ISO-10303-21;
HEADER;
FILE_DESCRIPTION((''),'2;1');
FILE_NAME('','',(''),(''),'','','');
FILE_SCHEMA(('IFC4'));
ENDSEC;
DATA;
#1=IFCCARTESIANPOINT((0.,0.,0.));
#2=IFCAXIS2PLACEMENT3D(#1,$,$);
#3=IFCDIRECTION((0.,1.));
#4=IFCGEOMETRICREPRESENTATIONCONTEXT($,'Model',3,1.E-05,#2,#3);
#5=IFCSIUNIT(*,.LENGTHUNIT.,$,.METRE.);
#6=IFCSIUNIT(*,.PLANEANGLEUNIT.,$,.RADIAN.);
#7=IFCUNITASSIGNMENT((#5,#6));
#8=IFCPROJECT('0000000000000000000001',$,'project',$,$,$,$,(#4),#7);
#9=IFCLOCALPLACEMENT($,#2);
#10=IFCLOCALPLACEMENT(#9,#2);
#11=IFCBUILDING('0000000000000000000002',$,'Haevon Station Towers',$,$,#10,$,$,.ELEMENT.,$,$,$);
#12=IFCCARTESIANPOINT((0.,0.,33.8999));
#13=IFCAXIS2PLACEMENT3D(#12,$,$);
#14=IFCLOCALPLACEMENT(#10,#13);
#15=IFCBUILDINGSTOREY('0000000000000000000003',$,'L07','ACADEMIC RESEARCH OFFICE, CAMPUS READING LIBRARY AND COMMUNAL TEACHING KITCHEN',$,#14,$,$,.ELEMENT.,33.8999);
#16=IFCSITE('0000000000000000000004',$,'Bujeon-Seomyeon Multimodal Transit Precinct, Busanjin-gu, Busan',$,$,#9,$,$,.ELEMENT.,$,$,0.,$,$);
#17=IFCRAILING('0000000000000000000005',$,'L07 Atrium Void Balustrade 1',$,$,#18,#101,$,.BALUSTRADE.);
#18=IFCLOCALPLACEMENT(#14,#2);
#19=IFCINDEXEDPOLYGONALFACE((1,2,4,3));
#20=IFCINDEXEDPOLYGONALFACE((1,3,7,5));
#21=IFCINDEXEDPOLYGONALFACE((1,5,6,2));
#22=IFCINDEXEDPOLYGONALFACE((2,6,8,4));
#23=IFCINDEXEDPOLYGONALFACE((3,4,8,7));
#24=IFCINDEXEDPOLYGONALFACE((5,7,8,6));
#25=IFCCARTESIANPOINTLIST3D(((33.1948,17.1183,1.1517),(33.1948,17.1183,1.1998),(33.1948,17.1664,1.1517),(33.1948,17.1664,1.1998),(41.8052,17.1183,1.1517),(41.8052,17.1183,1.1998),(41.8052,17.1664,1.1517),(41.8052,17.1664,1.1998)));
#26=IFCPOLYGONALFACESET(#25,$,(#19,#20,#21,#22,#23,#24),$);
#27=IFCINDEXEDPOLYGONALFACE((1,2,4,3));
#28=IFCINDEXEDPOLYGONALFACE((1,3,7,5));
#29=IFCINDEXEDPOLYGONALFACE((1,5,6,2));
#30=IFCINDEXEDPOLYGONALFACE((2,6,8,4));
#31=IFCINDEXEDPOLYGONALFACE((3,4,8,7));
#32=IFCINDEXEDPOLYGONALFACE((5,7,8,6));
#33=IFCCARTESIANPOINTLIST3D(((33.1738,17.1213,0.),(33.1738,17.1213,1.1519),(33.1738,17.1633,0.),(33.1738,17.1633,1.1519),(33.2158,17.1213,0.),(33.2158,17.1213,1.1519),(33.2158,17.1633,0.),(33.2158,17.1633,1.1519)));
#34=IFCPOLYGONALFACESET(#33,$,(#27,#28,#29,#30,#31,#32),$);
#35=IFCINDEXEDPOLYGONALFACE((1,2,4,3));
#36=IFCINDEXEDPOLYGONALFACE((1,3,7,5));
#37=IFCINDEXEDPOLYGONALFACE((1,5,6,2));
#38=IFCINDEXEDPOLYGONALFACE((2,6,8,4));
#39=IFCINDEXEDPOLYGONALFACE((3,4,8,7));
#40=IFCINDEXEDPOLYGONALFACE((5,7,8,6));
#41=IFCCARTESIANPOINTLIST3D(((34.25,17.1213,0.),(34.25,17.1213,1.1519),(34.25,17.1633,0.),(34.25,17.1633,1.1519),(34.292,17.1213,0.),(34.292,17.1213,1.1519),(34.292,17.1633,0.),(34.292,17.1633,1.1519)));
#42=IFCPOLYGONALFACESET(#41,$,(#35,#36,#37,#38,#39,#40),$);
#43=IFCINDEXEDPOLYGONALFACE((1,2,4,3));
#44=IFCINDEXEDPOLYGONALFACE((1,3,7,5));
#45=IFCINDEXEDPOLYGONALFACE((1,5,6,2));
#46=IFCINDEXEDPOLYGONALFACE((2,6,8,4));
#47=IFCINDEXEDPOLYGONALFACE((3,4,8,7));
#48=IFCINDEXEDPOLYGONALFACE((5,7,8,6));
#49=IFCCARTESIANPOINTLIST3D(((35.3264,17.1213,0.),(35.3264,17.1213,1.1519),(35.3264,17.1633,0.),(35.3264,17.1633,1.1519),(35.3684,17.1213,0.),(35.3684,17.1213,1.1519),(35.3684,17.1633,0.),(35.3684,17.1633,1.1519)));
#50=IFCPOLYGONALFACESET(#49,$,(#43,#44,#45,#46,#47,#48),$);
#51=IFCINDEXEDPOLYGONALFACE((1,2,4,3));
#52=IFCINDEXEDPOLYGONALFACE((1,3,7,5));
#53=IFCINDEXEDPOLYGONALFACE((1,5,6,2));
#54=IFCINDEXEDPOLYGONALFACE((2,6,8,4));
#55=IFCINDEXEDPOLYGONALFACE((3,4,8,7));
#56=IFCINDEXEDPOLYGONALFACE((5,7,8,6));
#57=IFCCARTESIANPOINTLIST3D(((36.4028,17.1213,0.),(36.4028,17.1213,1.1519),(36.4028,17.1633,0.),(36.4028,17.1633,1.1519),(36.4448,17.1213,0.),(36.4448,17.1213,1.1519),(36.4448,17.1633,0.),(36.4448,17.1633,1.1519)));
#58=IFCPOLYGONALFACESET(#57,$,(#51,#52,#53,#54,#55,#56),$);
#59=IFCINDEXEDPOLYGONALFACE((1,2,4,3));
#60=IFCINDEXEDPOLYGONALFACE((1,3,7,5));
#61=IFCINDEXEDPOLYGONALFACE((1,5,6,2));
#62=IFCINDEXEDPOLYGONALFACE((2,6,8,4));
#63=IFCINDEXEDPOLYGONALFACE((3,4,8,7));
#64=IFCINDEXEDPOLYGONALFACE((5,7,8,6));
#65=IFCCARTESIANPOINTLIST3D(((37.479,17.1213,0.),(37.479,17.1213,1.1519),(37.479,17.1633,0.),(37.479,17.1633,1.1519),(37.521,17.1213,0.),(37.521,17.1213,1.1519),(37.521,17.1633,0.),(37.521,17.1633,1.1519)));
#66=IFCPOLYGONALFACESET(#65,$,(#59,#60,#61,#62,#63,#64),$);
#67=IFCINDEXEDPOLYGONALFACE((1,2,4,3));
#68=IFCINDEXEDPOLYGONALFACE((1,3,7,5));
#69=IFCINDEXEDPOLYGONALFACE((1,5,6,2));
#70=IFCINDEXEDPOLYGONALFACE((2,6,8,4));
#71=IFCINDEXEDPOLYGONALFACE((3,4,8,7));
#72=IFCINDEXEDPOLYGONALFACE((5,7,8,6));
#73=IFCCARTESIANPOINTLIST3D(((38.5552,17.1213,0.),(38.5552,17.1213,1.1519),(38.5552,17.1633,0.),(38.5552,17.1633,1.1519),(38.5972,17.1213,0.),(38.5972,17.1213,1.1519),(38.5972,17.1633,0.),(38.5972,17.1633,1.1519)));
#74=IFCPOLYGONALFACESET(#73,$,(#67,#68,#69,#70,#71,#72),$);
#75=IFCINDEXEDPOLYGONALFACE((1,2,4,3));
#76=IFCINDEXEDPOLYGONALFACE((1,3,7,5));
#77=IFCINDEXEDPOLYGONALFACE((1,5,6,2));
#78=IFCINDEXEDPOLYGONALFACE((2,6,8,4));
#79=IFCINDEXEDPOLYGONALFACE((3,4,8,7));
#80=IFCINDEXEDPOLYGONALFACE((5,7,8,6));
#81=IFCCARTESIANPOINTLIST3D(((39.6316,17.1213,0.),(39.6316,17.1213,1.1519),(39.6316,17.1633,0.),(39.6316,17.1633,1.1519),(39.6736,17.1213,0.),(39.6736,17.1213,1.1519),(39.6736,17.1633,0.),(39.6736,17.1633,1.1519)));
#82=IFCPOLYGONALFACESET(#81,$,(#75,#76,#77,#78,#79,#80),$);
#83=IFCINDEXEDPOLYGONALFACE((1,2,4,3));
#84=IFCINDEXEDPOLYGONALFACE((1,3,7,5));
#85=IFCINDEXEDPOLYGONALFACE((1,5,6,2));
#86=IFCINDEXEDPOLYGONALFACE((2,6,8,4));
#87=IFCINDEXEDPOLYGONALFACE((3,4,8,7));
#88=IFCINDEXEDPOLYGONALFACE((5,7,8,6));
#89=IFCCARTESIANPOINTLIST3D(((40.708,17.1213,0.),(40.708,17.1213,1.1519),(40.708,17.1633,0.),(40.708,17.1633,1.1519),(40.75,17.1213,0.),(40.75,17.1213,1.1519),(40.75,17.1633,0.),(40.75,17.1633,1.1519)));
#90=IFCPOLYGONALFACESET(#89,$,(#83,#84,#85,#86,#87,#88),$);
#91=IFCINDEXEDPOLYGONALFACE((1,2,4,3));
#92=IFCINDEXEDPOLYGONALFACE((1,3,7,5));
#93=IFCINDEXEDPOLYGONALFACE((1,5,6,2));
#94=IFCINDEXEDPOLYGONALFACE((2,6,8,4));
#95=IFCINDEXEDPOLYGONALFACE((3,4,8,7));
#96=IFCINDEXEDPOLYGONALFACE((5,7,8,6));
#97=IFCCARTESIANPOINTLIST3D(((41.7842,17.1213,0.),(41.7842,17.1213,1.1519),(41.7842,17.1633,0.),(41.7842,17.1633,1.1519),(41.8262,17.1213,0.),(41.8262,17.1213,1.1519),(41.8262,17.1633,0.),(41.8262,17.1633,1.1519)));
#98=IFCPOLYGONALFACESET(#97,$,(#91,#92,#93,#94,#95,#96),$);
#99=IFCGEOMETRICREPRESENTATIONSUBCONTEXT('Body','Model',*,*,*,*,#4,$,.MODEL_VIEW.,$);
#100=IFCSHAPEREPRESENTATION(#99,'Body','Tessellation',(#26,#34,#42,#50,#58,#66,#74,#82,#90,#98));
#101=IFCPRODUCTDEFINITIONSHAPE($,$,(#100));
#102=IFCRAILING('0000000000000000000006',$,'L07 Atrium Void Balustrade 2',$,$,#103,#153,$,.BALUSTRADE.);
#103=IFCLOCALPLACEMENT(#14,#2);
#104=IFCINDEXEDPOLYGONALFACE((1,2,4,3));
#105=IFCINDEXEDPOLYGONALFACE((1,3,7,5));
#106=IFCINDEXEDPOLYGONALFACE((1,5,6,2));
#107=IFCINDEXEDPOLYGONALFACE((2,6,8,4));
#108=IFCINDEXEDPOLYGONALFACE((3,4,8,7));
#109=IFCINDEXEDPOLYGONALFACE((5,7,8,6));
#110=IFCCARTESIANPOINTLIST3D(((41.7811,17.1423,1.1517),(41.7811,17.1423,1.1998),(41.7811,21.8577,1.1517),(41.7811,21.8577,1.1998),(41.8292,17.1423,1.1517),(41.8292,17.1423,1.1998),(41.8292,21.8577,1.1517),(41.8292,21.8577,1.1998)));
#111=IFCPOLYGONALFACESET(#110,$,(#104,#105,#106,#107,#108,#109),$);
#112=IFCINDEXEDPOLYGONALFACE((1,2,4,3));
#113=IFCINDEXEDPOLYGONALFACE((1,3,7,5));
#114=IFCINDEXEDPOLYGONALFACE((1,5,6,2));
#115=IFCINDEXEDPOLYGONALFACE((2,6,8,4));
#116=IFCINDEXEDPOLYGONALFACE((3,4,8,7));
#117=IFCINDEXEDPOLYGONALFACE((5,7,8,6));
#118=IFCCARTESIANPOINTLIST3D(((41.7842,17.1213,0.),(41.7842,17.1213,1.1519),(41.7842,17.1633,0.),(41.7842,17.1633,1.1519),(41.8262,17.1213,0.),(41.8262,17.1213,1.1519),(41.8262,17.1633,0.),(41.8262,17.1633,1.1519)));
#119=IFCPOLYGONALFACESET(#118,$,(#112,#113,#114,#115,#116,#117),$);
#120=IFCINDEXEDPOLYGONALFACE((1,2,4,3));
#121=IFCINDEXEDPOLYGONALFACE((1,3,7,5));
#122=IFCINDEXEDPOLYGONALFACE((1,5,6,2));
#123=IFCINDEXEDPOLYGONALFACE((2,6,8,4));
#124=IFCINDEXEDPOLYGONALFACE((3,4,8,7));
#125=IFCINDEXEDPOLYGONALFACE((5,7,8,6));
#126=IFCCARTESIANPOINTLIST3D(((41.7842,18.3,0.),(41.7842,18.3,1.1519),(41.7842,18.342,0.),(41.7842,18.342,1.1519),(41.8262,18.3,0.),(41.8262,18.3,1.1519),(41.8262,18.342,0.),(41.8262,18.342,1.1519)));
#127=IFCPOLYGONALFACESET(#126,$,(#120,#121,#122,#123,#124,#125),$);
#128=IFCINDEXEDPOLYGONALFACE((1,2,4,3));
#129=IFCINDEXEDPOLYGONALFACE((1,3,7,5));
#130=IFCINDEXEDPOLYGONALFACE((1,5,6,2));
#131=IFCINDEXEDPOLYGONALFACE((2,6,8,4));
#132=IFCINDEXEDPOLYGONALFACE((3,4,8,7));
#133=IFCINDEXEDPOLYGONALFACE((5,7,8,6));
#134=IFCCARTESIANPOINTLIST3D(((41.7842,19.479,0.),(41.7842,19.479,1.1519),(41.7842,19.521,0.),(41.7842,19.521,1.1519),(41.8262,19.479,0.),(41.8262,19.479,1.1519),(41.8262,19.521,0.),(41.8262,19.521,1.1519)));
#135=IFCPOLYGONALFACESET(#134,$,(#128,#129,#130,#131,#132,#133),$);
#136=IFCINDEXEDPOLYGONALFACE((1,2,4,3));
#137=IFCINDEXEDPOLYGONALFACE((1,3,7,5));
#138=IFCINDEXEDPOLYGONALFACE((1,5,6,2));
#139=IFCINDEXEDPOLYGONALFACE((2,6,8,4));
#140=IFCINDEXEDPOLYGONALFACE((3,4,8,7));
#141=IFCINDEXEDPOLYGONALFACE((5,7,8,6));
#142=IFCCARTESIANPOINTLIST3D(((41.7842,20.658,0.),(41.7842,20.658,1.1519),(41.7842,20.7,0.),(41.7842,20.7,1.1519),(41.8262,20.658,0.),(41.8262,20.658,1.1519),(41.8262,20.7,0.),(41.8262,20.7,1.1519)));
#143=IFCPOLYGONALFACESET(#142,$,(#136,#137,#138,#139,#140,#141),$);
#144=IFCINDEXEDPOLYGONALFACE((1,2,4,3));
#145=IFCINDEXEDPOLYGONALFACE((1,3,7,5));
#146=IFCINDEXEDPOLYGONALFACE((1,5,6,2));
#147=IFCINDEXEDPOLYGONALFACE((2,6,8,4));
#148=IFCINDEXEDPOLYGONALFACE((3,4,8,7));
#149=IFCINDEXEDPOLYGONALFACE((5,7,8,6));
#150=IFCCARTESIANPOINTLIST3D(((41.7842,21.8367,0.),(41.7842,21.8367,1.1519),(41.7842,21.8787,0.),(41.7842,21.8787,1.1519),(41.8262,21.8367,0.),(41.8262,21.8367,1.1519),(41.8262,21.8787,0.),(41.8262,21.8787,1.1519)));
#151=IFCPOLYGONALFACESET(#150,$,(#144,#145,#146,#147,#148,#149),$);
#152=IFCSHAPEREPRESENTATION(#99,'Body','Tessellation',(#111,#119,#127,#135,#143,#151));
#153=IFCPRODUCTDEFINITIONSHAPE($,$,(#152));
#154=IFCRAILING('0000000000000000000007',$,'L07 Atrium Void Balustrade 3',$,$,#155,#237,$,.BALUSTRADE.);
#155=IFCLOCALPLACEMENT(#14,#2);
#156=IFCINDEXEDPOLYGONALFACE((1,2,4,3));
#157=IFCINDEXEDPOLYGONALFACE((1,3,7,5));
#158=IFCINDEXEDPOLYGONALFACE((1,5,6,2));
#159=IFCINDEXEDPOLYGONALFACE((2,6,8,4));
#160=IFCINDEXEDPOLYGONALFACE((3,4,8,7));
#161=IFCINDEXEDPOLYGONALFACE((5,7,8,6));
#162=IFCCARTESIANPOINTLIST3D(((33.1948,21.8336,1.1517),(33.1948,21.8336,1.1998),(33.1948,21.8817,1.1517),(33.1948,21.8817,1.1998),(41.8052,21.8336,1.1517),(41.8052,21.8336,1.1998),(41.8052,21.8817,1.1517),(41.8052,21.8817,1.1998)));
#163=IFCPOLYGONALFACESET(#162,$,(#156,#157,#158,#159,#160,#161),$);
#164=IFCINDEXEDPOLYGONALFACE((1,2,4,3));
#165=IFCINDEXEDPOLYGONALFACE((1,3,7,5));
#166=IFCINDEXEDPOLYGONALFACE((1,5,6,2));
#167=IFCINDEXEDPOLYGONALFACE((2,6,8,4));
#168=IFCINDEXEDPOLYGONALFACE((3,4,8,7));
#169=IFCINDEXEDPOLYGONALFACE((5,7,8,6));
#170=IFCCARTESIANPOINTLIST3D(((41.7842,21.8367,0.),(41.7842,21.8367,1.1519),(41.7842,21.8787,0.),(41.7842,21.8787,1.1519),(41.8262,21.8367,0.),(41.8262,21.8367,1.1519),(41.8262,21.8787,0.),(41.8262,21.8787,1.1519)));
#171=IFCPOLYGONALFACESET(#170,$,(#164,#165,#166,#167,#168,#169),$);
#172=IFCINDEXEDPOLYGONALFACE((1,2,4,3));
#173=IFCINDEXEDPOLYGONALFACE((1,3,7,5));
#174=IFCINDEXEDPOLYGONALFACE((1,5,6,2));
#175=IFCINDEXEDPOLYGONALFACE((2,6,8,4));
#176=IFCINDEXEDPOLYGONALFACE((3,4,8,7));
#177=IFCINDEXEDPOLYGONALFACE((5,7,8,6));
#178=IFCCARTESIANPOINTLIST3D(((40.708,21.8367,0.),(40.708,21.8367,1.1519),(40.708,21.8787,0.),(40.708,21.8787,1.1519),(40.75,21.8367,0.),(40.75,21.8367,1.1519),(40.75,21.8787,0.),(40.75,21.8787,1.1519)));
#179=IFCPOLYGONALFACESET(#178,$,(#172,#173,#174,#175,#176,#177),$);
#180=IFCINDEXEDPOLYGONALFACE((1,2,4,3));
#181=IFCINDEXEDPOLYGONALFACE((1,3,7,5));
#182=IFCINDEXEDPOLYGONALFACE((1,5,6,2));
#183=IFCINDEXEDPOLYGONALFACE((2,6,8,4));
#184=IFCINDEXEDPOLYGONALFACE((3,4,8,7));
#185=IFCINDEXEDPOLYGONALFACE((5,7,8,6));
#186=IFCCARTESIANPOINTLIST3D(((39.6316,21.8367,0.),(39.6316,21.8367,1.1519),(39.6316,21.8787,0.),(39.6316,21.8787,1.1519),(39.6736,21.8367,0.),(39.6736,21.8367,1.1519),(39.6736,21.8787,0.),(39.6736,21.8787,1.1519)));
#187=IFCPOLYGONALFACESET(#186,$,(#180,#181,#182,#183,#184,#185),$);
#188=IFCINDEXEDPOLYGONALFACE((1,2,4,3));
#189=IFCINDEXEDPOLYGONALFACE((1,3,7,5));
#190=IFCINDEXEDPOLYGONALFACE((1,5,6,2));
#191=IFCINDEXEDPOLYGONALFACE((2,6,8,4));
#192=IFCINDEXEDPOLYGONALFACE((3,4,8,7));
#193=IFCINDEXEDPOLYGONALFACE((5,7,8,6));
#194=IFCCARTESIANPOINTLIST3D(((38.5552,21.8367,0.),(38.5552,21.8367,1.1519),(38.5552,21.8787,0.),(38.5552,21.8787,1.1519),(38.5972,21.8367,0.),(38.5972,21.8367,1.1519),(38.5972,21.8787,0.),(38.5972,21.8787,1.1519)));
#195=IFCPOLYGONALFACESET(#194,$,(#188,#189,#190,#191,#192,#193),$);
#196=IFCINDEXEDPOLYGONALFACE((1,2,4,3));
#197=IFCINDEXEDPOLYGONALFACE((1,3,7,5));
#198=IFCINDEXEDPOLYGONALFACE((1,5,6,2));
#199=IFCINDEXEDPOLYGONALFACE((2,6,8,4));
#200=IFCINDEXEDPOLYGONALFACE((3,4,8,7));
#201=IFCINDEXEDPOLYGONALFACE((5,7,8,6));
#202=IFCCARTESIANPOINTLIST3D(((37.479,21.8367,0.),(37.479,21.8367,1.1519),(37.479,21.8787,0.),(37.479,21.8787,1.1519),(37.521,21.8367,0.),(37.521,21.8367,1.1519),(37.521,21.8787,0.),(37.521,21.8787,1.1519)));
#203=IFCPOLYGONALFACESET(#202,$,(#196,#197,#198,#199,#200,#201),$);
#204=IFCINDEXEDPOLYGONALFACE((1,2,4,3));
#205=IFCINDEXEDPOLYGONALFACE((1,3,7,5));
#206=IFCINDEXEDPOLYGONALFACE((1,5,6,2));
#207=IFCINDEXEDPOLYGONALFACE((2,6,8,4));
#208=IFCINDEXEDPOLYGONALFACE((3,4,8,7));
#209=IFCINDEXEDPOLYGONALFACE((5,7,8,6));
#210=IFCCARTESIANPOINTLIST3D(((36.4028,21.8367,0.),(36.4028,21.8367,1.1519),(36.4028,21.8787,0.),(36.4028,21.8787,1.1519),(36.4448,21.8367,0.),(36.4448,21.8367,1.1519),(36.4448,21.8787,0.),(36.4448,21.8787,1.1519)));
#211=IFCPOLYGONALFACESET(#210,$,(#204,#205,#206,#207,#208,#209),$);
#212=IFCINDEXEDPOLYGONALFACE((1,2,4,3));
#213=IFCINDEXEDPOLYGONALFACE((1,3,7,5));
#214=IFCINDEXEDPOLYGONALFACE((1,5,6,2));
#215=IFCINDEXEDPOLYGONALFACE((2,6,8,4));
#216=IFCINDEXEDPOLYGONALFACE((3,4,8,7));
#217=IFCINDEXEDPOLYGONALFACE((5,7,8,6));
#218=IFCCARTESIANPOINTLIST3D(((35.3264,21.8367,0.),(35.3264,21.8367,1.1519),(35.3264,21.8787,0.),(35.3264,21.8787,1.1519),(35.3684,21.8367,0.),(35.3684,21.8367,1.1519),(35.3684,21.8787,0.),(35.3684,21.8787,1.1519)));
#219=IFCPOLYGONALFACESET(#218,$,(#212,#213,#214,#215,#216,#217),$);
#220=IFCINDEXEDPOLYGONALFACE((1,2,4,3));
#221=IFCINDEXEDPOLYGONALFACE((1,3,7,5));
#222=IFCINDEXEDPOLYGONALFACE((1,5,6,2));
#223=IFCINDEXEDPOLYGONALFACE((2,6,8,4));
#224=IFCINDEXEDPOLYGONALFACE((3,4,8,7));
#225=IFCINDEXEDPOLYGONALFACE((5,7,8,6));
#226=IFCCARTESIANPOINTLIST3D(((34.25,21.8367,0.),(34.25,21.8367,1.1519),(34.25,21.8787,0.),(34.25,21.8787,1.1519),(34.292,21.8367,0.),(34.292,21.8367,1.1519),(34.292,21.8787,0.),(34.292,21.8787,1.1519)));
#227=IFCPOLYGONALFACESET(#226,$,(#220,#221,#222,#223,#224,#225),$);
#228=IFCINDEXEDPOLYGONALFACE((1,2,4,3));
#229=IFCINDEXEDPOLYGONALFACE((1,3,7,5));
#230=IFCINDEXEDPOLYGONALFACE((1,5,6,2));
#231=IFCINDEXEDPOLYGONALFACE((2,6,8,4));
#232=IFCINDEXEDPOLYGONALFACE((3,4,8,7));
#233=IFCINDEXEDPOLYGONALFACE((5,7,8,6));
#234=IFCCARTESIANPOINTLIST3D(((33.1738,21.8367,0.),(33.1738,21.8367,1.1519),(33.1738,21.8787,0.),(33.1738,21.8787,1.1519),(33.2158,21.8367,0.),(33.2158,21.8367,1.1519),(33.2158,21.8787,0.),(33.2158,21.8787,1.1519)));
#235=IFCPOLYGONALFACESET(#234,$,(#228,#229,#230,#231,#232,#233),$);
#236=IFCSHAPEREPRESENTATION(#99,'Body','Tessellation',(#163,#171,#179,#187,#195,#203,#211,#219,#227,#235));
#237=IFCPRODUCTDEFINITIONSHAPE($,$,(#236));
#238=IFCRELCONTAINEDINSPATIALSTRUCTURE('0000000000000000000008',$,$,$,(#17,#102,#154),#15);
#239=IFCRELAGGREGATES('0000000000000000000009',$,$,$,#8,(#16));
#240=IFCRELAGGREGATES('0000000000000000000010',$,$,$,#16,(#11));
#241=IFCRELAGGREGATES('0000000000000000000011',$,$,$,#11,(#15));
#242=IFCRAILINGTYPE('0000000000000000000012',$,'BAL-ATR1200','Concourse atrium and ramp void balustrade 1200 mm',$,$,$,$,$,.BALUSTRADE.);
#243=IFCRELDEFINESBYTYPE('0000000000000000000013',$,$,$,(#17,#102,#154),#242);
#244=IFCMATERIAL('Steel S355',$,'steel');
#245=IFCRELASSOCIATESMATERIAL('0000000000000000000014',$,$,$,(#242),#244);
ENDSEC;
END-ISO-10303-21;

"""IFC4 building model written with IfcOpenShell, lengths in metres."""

from ifc_helpers import new_model, si_unit, direction, frame, origin, origin_2d, place, context, subcontext, project, spatial, rectangle, extrude, material, type_object, element, save


model = new_model("IFC4")

# Units and contexts
model_context = context("Model", 3, precision=1e-05, world=origin(), true_north=direction((0.0, 1.0)))
body_context = subcontext(model_context, "Body", "Model", "MODEL_VIEW")
ifc_project = project(units=[si_unit("LENGTHUNIT", "METRE"), si_unit("PLANEANGLEUNIT", "RADIAN")], contexts=[model_context])

# Site, building, storey
site_placement = place(None, origin())
site = spatial("IfcSite", under=ifc_project, at=site_placement, Name="Bujeon-Seomyeon Multimodal Transit Precinct, Busanjin-gu, Busan", CompositionType="ELEMENT", RefElevation=0.0)
building_placement = place(site_placement, origin())
building = spatial("IfcBuilding", under=site, at=building_placement, Name="Haevon Station Towers", CompositionType="ELEMENT")
storey_placement = place(building_placement, frame((0.0, 0.0, 33.8999)))
storey = spatial("IfcBuildingStorey", under=building, at=storey_placement, Name="L07", Description="ACADEMIC RESEARCH OFFICE, CAMPUS READING LIBRARY AND COMMUNAL TEACHING KITCHEN", CompositionType="ELEMENT", Elevation=33.8999)

# Shared definitions
ifc_material_1 = material(Name="Steel S355", Category="steel")

# Railings
railing_type = type_object("IfcRailingType", Name="BAL-ATR1200", Description="Concourse atrium and ramp void balustrade 1200 mm", PredefinedType="BALUSTRADE", material=ifc_material_1)
railing_1_placement = place(storey_placement, frame((33.1948, 17.1423, 0.0)))
element("IfcRailing", 1, at=railing_1_placement, inside=storey, type_object=railing_type, Name="L07 Atrium Void Balustrade 1", PredefinedType="BALUSTRADE", context=body_context, shape_type="SweptSolid", body=[
    extrude(rectangle(XDim=0.0481, YDim=0.0481, at=origin_2d()), frame((0.0, 0.0, 1.1758), z_axis=(1.0, 0.0, 0.0), x_axis=(0.0, 1.0, 0.0)), (0.0, 0.0, 1.0), 8.6104),
    extrude(rectangle(XDim=0.042, YDim=0.042, at=origin_2d()), origin(), (0.0, 0.0, 1.0), 1.1519),
    extrude(rectangle(XDim=0.042, YDim=0.042, at=origin_2d()), frame((1.0762, 0.0, 0.0)), (0.0, 0.0, 1.0), 1.1519),
    extrude(rectangle(XDim=0.042, YDim=0.042, at=origin_2d()), frame((2.1526, 0.0, 0.0)), (0.0, 0.0, 1.0), 1.1519),
    extrude(rectangle(XDim=0.042, YDim=0.042, at=origin_2d()), frame((3.229, 0.0, 0.0)), (0.0, 0.0, 1.0), 1.1519),
    extrude(rectangle(XDim=0.042, YDim=0.042, at=origin_2d()), frame((4.3052, 0.0, 0.0)), (0.0, 0.0, 1.0), 1.1519),
    extrude(rectangle(XDim=0.042, YDim=0.042, at=origin_2d()), frame((5.3813, 0.0, 0.0)), (0.0, 0.0, 1.0), 1.1519),
    extrude(rectangle(XDim=0.042, YDim=0.042, at=origin_2d()), frame((6.4578, 0.0, 0.0)), (0.0, 0.0, 1.0), 1.1519),
    extrude(rectangle(XDim=0.042, YDim=0.042, at=origin_2d()), frame((7.5342, 0.0, 0.0)), (0.0, 0.0, 1.0), 1.1519),
    extrude(rectangle(XDim=0.042, YDim=0.042, at=origin_2d()), frame((8.6104, 0.0, 0.0)), (0.0, 0.0, 1.0), 1.1519),
])
railing_2_placement = place(storey_placement, frame((41.8052, 17.1423, 0.0)))
element("IfcRailing", 2, at=railing_2_placement, inside=storey, type_object=railing_type, Name="L07 Atrium Void Balustrade 2", PredefinedType="BALUSTRADE", context=body_context, shape_type="SweptSolid", body=[
    extrude(rectangle(XDim=0.0481, YDim=0.0481, at=origin_2d()), frame((0.0, 0.0, 1.1758), z_axis=(0.0, 1.0, 0.0), x_axis=(-1.0, 0.0, 0.0)), (0.0, 0.0, 1.0), 4.7153),
    extrude(rectangle(XDim=0.042, YDim=0.042, at=origin_2d()), origin(), (0.0, 0.0, 1.0), 1.1519),
    extrude(rectangle(XDim=0.042, YDim=0.042, at=origin_2d()), frame((0.0, 1.1787, 0.0)), (0.0, 0.0, 1.0), 1.1519),
    extrude(rectangle(XDim=0.042, YDim=0.042, at=origin_2d()), frame((0.0, 2.3577, 0.0)), (0.0, 0.0, 1.0), 1.1519),
    extrude(rectangle(XDim=0.042, YDim=0.042, at=origin_2d()), frame((0.0, 3.5366, 0.0)), (0.0, 0.0, 1.0), 1.1519),
    extrude(rectangle(XDim=0.042, YDim=0.042, at=origin_2d()), frame((0.0, 4.7153, 0.0)), (0.0, 0.0, 1.0), 1.1519),
])
railing_3_placement = place(storey_placement, frame((41.8052, 21.8577, 0.0)))
element("IfcRailing", 3, at=railing_3_placement, inside=storey, type_object=railing_type, Name="L07 Atrium Void Balustrade 3", PredefinedType="BALUSTRADE", context=body_context, shape_type="SweptSolid", body=[
    extrude(rectangle(XDim=0.0481, YDim=0.0481, at=origin_2d()), frame((0.0, 0.0, 1.1758), z_axis=(-1.0, 0.0, 0.0), x_axis=(0.0, -1.0, 0.0)), (0.0, 0.0, 1.0), 8.6104),
    extrude(rectangle(XDim=0.042, YDim=0.042, at=origin_2d()), origin(), (0.0, 0.0, 1.0), 1.1519),
    extrude(rectangle(XDim=0.042, YDim=0.042, at=origin_2d()), frame((-1.0762, 0.0, 0.0)), (0.0, 0.0, 1.0), 1.1519),
    extrude(rectangle(XDim=0.042, YDim=0.042, at=origin_2d()), frame((-2.1526, 0.0, 0.0)), (0.0, 0.0, 1.0), 1.1519),
    extrude(rectangle(XDim=0.042, YDim=0.042, at=origin_2d()), frame((-3.229, 0.0, 0.0)), (0.0, 0.0, 1.0), 1.1519),
    extrude(rectangle(XDim=0.042, YDim=0.042, at=origin_2d()), frame((-4.3052, 0.0, 0.0)), (0.0, 0.0, 1.0), 1.1519),
    extrude(rectangle(XDim=0.042, YDim=0.042, at=origin_2d()), frame((-5.3813, 0.0, 0.0)), (0.0, 0.0, 1.0), 1.1519),
    extrude(rectangle(XDim=0.042, YDim=0.042, at=origin_2d()), frame((-6.4578, 0.0, 0.0)), (0.0, 0.0, 1.0), 1.1519),
    extrude(rectangle(XDim=0.042, YDim=0.042, at=origin_2d()), frame((-7.5342, 0.0, 0.0)), (0.0, 0.0, 1.0), 1.1519),
    extrude(rectangle(XDim=0.042, YDim=0.042, at=origin_2d()), frame((-8.6104, 0.0, 0.0)), (0.0, 0.0, 1.0), 1.1519),
])

save(model, "model.ifc")
